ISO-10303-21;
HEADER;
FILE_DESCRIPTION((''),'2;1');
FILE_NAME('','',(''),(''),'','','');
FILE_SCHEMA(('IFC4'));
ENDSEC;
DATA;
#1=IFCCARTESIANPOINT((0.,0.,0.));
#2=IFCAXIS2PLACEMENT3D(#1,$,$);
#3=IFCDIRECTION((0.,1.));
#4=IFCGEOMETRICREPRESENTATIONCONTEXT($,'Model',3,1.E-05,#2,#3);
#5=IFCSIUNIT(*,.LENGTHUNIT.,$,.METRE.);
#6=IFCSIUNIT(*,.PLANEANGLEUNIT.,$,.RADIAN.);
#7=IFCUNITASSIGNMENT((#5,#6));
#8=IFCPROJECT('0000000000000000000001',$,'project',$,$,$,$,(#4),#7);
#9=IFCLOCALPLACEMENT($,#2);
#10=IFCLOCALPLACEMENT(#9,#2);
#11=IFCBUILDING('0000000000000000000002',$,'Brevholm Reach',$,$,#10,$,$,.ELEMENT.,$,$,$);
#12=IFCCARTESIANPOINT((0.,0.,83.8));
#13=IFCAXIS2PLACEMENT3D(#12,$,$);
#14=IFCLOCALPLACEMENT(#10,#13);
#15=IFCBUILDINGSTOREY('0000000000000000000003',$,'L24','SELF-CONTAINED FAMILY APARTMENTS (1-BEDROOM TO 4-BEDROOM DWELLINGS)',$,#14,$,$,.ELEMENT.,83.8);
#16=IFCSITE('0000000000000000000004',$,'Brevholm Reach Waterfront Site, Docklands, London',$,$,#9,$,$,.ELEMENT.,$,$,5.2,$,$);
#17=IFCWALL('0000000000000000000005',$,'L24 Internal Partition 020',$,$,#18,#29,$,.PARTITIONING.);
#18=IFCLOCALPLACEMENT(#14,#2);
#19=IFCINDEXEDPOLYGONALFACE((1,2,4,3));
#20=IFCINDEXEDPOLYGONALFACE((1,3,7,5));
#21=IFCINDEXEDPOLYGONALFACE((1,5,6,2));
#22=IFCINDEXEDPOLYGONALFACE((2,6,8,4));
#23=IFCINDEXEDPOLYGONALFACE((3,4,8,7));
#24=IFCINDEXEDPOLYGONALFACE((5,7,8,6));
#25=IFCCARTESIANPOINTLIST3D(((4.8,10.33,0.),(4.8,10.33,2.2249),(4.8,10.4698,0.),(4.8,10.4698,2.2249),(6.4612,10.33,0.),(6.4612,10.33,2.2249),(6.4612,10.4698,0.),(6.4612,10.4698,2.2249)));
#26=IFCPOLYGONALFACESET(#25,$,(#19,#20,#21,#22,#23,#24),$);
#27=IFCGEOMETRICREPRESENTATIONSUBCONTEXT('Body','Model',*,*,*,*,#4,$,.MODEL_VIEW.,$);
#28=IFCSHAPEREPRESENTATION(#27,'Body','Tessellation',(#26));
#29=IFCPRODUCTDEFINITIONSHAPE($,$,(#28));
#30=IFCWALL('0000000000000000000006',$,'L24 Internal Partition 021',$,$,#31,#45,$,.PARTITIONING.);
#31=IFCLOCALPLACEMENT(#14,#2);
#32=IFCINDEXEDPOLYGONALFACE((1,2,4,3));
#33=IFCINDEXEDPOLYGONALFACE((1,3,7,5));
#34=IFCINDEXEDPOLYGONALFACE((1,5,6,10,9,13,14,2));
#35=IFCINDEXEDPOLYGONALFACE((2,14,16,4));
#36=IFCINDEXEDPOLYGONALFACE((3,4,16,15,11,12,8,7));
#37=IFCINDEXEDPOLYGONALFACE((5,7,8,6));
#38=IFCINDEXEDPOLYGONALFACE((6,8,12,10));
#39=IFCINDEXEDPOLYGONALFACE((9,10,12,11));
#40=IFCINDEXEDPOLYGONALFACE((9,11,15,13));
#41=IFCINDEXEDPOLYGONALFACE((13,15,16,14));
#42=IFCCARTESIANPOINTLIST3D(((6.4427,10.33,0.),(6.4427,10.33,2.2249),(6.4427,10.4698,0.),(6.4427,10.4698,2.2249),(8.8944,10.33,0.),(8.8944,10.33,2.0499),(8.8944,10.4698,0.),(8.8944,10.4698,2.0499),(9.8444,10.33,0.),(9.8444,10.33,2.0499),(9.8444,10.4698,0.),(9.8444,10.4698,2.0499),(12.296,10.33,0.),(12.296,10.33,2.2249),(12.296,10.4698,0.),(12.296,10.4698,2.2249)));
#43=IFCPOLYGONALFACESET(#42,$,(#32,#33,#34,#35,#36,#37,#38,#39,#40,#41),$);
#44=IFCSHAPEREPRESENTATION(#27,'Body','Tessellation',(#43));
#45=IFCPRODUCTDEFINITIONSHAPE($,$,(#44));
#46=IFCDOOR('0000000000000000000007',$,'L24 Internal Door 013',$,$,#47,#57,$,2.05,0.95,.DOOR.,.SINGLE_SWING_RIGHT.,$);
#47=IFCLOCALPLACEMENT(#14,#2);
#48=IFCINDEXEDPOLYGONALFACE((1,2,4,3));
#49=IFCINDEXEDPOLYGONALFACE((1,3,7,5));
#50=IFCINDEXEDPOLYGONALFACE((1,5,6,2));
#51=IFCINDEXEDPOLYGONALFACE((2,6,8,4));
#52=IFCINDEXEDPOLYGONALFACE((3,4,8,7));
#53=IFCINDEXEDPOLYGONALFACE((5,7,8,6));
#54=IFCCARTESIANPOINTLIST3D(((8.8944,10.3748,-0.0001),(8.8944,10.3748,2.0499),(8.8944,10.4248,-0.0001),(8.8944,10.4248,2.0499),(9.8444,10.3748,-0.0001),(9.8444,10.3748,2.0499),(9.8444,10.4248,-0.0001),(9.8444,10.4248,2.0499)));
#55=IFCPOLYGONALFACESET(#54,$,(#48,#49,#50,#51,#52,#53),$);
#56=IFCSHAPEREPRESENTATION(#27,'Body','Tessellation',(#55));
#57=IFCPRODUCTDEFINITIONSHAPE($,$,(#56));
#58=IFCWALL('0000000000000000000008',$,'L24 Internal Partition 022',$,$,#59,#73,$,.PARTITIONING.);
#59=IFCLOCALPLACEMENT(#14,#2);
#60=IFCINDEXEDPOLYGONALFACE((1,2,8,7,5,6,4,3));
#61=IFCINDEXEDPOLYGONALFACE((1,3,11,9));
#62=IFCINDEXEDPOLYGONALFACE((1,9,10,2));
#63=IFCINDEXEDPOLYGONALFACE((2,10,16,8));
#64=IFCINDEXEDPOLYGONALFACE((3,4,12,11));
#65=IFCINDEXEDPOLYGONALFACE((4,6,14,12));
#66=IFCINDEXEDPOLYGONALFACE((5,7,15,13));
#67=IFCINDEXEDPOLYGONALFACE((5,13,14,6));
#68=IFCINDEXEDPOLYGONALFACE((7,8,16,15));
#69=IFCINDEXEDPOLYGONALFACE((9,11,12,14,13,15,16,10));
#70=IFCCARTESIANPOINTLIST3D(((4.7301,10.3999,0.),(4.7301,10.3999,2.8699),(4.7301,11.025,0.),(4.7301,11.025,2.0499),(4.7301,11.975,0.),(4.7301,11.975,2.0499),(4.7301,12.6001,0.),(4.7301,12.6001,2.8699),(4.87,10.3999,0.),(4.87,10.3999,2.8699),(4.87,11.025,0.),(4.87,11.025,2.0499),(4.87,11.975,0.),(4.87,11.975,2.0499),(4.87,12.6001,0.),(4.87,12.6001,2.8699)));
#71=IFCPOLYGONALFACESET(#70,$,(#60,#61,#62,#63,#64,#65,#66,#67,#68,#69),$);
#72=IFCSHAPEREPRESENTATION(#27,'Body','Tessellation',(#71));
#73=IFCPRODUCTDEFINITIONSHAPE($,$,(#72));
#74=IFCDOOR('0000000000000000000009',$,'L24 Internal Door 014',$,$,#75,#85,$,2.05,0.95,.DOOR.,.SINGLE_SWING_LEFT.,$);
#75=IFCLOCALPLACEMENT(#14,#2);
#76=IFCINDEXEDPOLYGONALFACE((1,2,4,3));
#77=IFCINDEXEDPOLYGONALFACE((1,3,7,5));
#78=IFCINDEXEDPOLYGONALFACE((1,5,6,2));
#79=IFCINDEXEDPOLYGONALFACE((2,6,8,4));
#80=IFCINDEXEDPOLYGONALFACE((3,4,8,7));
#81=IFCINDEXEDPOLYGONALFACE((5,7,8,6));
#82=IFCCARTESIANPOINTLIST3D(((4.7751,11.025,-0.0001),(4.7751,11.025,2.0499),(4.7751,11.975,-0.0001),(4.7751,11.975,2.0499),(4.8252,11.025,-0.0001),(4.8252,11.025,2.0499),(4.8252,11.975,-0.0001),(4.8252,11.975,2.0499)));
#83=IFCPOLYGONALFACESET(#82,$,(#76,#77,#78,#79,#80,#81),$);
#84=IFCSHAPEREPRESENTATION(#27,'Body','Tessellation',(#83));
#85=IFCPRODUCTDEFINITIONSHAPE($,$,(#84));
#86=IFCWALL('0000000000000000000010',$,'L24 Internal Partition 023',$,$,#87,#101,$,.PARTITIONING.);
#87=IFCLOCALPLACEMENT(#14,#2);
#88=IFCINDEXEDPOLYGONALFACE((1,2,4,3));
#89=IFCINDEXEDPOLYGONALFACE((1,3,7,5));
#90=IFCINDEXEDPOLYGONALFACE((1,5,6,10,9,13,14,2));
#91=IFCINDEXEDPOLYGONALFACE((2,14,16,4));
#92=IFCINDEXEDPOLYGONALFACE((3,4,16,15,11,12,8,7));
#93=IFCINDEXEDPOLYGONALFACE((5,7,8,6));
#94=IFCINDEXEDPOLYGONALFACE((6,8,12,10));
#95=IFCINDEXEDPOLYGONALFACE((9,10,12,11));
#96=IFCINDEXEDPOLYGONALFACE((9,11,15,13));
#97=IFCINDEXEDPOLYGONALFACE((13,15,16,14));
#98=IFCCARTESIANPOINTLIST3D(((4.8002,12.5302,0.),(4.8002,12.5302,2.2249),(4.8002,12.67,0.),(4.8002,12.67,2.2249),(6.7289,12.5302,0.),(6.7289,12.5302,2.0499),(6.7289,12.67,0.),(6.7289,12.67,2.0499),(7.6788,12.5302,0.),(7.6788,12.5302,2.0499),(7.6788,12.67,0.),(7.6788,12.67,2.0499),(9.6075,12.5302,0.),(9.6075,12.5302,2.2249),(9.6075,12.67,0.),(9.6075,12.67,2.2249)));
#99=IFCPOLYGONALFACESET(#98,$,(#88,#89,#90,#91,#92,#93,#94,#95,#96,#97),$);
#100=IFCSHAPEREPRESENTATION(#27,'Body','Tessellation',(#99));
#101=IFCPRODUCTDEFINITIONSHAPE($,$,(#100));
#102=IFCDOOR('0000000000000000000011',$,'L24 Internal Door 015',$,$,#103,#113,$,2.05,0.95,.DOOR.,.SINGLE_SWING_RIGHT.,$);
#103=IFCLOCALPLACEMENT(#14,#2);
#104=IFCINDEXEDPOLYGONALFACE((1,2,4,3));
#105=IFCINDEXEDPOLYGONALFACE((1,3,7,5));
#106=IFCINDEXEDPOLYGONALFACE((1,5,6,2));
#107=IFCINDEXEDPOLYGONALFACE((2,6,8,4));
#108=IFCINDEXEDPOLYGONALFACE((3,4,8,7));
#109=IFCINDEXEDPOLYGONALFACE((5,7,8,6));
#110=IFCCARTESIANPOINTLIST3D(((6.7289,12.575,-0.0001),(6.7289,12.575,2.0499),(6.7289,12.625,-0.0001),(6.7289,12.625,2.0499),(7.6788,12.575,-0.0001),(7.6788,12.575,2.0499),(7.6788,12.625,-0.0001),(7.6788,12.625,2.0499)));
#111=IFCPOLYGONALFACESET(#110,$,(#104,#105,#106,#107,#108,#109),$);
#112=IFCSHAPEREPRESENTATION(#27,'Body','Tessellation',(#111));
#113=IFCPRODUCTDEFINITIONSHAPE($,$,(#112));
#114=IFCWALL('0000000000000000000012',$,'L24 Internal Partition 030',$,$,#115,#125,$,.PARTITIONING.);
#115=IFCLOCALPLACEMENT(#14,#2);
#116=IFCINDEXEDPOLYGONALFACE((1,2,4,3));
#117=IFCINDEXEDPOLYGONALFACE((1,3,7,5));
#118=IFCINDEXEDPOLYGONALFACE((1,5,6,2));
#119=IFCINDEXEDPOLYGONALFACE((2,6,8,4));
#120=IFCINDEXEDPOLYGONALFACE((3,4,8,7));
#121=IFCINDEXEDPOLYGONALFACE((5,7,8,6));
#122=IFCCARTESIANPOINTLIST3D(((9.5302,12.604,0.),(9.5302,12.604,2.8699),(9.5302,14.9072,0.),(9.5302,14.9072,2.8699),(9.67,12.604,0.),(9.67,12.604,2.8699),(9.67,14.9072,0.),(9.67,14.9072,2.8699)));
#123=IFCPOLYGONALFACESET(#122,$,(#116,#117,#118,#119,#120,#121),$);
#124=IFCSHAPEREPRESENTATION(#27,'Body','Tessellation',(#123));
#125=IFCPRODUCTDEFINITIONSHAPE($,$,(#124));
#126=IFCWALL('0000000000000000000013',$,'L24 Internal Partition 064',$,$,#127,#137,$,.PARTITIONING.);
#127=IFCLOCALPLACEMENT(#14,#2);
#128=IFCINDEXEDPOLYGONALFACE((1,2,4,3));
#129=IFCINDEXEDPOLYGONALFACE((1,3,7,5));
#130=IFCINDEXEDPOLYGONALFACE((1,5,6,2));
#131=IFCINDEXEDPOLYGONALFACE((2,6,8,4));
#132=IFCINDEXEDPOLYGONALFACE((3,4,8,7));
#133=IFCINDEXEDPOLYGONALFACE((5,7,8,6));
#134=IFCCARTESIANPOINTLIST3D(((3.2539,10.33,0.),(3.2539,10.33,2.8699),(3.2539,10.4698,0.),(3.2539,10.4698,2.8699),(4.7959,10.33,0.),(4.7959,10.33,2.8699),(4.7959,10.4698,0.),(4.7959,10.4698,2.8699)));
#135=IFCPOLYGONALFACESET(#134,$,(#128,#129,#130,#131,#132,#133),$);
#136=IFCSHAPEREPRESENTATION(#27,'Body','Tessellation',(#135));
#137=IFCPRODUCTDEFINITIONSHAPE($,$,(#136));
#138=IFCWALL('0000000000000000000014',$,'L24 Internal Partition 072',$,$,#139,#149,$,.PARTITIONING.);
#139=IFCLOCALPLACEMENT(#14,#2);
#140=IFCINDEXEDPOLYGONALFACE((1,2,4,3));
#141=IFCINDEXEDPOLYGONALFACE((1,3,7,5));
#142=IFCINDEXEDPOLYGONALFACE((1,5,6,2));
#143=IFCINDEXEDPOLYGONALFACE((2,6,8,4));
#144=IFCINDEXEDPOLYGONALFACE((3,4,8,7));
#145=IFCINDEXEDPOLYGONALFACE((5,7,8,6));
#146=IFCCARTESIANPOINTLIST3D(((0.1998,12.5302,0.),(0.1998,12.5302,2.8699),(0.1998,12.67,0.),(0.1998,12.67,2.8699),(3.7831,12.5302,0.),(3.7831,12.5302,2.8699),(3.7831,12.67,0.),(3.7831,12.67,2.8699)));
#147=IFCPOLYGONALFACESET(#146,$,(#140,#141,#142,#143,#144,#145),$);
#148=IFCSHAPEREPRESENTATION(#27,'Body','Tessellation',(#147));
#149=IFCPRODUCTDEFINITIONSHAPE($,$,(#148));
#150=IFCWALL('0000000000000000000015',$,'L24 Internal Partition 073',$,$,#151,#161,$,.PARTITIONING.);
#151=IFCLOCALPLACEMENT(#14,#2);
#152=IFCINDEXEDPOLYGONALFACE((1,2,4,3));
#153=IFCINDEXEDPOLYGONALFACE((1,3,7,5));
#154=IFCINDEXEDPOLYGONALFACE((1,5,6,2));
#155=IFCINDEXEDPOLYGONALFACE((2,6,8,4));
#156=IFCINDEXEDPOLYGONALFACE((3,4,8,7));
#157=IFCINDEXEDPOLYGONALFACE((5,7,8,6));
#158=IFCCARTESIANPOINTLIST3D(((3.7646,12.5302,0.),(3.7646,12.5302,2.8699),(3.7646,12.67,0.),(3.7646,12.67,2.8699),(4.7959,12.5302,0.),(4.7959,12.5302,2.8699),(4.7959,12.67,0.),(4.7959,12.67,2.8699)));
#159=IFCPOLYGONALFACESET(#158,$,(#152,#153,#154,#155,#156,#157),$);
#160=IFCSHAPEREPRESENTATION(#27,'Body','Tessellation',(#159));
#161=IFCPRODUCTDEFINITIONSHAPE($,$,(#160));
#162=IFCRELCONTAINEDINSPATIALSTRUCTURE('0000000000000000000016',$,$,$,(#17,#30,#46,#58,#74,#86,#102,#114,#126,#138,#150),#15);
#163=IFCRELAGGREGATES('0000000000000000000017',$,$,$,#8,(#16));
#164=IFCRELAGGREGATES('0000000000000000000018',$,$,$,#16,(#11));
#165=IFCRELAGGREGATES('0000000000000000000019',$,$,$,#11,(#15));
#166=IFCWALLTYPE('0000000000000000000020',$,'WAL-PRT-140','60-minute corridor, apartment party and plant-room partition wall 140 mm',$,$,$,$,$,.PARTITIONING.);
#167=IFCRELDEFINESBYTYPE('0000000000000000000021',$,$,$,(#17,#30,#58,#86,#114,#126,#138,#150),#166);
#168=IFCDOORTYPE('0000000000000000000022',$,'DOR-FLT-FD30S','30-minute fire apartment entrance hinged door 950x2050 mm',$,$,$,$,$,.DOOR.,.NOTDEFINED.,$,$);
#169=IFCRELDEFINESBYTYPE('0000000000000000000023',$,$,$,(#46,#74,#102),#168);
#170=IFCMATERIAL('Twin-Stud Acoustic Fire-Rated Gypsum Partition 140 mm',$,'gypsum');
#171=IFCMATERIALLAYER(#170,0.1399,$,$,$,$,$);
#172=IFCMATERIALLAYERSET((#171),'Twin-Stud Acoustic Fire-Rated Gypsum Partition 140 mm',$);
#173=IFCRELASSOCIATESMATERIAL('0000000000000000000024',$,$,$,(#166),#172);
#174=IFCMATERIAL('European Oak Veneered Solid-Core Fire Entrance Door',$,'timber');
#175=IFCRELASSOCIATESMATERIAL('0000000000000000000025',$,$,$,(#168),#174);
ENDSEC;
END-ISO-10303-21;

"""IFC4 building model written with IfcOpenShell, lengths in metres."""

from ifc_helpers import new_model, si_unit, direction, frame, frame_2d, origin, place, context, subcontext, project, spatial, rectangle, extrude, material, layer, layer_set, type_object, element, fill, save


model = new_model("IFC4")

# Units and contexts
model_context = context("Model", 3, precision=1e-05, world=origin(), true_north=direction((0.0, 1.0)))
body_context = subcontext(model_context, "Body", "Model", "MODEL_VIEW")
ifc_project = project(units=[si_unit("LENGTHUNIT", "METRE"), si_unit("PLANEANGLEUNIT", "RADIAN")], contexts=[model_context])

# Site, building, storey
site_placement = place(None, origin())
site = spatial("IfcSite", under=ifc_project, at=site_placement, Name="Brevholm Reach Waterfront Site, Docklands, London", CompositionType="ELEMENT", RefElevation=5.2)
building_placement = place(site_placement, origin())
building = spatial("IfcBuilding", under=site, at=building_placement, Name="Brevholm Reach", CompositionType="ELEMENT")
storey_placement = place(building_placement, frame((0.0, 0.0, 83.8)))
storey = spatial("IfcBuildingStorey", under=building, at=storey_placement, Name="L24", Description="SELF-CONTAINED FAMILY APARTMENTS (1-BEDROOM TO 4-BEDROOM DWELLINGS)", CompositionType="ELEMENT", Elevation=83.8)

# Wall
ifc_material_1 = material(Name="Twin-Stud Acoustic Fire-Rated Gypsum Partition 140 mm", Category="gypsum")
ifc_layer_1 = layer(ifc_material_1, 0.1399)
ifc_layer_set_1 = layer_set([ifc_layer_1], Name="Twin-Stud Acoustic Fire-Rated Gypsum Partition 140 mm")
wall_type_1 = type_object("IfcWallType", Name="WAL-PRT-140", Description="60-minute corridor, apartment party and plant-room partition wall 140 mm", PredefinedType="PARTITIONING", material=ifc_layer_set_1)
wall_1_placement = place(storey_placement, frame((4.8, 10.3999, 0.0), z_axis=(0.0, 0.0, 1.0), x_axis=(1.0, 0.0, 0.0)))
element("IfcWall", 1, at=wall_1_placement, inside=storey, type_object=wall_type_1, Name="L24 Internal Partition 020", PredefinedType="PARTITIONING", context=body_context, shape_type="SweptSolid", body=[
    extrude(rectangle(XDim=1.6611, YDim=0.1399, at=frame_2d((0.8306, 0.0))), origin(), (0.0, 0.0, 1.0), 2.2249),
])

# Walls, openings, doors
wall_2_placement = place(storey_placement, frame((6.4426, 10.3999, 0.0), z_axis=(0.0, 0.0, 1.0), x_axis=(1.0, 0.0, 0.0)))
wall_2 = element("IfcWall", 2, at=wall_2_placement, inside=storey, type_object=wall_type_1, Name="L24 Internal Partition 021", PredefinedType="PARTITIONING", context=body_context, shape_type="SweptSolid", body=[
    extrude(rectangle(XDim=5.8533, YDim=0.1399, at=frame_2d((2.9268, 0.0))), origin(), (0.0, 0.0, 1.0), 2.2249),
])
opening_1_placement = place(wall_2_placement, frame((2.4517, 0.0, 0.0)))
opening_1 = element("IfcOpeningElement", 3, at=opening_1_placement, cuts=wall_2, PredefinedType="OPENING", context=body_context, shape_type="SweptSolid", body=[
    extrude(rectangle(XDim=0.95, YDim=2.05, at=frame_2d((0.4751, 1.0249))), frame((0.0, 0.0798, 0.0), z_axis=(0.0, -1.0, 0.0), x_axis=(1.0, 0.0, 0.0)), (0.0, 0.0, 1.0), 0.1599),
])
ifc_material_2 = material(Name="European Oak Veneered Solid-Core Fire Entrance Door", Category="timber")
door_type_1 = type_object("IfcDoorType", Name="DOR-FLT-FD30S", Description="30-minute fire apartment entrance hinged door 950x2050 mm", OperationType="NOTDEFINED", PredefinedType="DOOR", material=ifc_material_2)
door_1_placement = place(opening_1_placement, origin())
door_1 = element("IfcDoor", 4, at=door_1_placement, inside=storey, type_object=door_type_1, Name="L24 Internal Door 013", OperationType="SINGLE_SWING_RIGHT", OverallHeight=2.05, OverallWidth=0.95, PredefinedType="DOOR", context=body_context, shape_type="SweptSolid", body=[
    extrude(rectangle(XDim=0.95, YDim=2.05, at=frame_2d((0.4751, 1.0249))), frame((0.0, 0.0249, 0.0), z_axis=(0.0, -1.0, 0.0), x_axis=(1.0, 0.0, 0.0)), (0.0, 0.0, 1.0), 0.05),
])
fill(opening_1, door_1)
wall_3_placement = place(storey_placement, frame((4.8, 10.3999, 0.0), z_axis=(0.0, 0.0, 1.0), x_axis=(0.0, 1.0, 0.0)))
wall_3 = element("IfcWall", 5, at=wall_3_placement, inside=storey, type_object=wall_type_1, Name="L24 Internal Partition 022", PredefinedType="PARTITIONING", context=body_context, shape_type="SweptSolid", body=[
    extrude(rectangle(XDim=2.2002, YDim=0.1399, at=frame_2d((1.1001, 0.0))), origin(), (0.0, 0.0, 1.0), 2.8699),
])
opening_2_placement = place(wall_3_placement, frame((0.625, 0.0, 0.0)))
opening_2 = element("IfcOpeningElement", 6, at=opening_2_placement, cuts=wall_3, PredefinedType="OPENING", context=body_context, shape_type="SweptSolid", body=[
    extrude(rectangle(XDim=0.95, YDim=2.05, at=frame_2d((0.4751, 1.0249))), frame((0.0, 0.0798, 0.0), z_axis=(0.0, -1.0, 0.0), x_axis=(1.0, 0.0, 0.0)), (0.0, 0.0, 1.0), 0.1599),
])
door_2_placement = place(opening_2_placement, origin())
door_2 = element("IfcDoor", 7, at=door_2_placement, inside=storey, type_object=door_type_1, Name="L24 Internal Door 014", OperationType="SINGLE_SWING_LEFT", OverallHeight=2.05, OverallWidth=0.95, PredefinedType="DOOR", context=body_context, shape_type="SweptSolid", body=[
    extrude(rectangle(XDim=0.95, YDim=2.05, at=frame_2d((0.4751, 1.0249))), frame((0.0, 0.0249, 0.0), z_axis=(0.0, -1.0, 0.0), x_axis=(1.0, 0.0, 0.0)), (0.0, 0.0, 1.0), 0.05),
])
fill(opening_2, door_2)
wall_4_placement = place(storey_placement, frame((4.8, 12.6001, 0.0), z_axis=(0.0, 0.0, 1.0), x_axis=(1.0, 0.0, 0.0)))
wall_4 = element("IfcWall", 8, at=wall_4_placement, inside=storey, type_object=wall_type_1, Name="L24 Internal Partition 023", PredefinedType="PARTITIONING", context=body_context, shape_type="SweptSolid", body=[
    extrude(rectangle(XDim=4.8074, YDim=0.1399, at=frame_2d((2.4038, 0.0))), origin(), (0.0, 0.0, 1.0), 2.2249),
])
opening_3_placement = place(wall_4_placement, frame((1.9287, 0.0, 0.0)))
opening_3 = element("IfcOpeningElement", 9, at=opening_3_placement, cuts=wall_4, PredefinedType="OPENING", context=body_context, shape_type="SweptSolid", body=[
    extrude(rectangle(XDim=0.95, YDim=2.05, at=frame_2d((0.4751, 1.0249))), frame((0.0, 0.0798, 0.0), z_axis=(0.0, -1.0, 0.0), x_axis=(1.0, 0.0, 0.0)), (0.0, 0.0, 1.0), 0.1599),
])
door_3_placement = place(opening_3_placement, origin())
door_3 = element("IfcDoor", 10, at=door_3_placement, inside=storey, type_object=door_type_1, Name="L24 Internal Door 015", OperationType="SINGLE_SWING_RIGHT", OverallHeight=2.05, OverallWidth=0.95, PredefinedType="DOOR", context=body_context, shape_type="SweptSolid", body=[
    extrude(rectangle(XDim=0.95, YDim=2.05, at=frame_2d((0.4751, 1.0249))), frame((0.0, 0.0249, 0.0), z_axis=(0.0, -1.0, 0.0), x_axis=(1.0, 0.0, 0.0)), (0.0, 0.0, 1.0), 0.05),
])
fill(opening_3, door_3)

# Walls
wall_5_placement = place(storey_placement, frame((9.6001, 12.604, 0.0), z_axis=(0.0, 0.0, 1.0), x_axis=(0.0, 1.0, 0.0)))
element("IfcWall", 11, at=wall_5_placement, inside=storey, type_object=wall_type_1, Name="L24 Internal Partition 030", PredefinedType="PARTITIONING", context=body_context, shape_type="SweptSolid", body=[
    extrude(rectangle(XDim=2.3032, YDim=0.1399, at=frame_2d((1.1516, 0.0))), origin(), (0.0, 0.0, 1.0), 2.8699),
])
wall_6_placement = place(storey_placement, frame((3.2539, 10.3999, 0.0), z_axis=(0.0, 0.0, 1.0), x_axis=(1.0, 0.0, 0.0)))
element("IfcWall", 12, at=wall_6_placement, inside=storey, type_object=wall_type_1, Name="L24 Internal Partition 064", PredefinedType="PARTITIONING", context=body_context, shape_type="SweptSolid", body=[
    extrude(rectangle(XDim=1.542, YDim=0.1399, at=frame_2d((0.771, 0.0))), origin(), (0.0, 0.0, 1.0), 2.8699),
])
wall_7_placement = place(storey_placement, frame((0.2, 12.6001, 0.0), z_axis=(0.0, 0.0, 1.0), x_axis=(1.0, 0.0, 0.0)))
element("IfcWall", 13, at=wall_7_placement, inside=storey, type_object=wall_type_1, Name="L24 Internal Partition 072", PredefinedType="PARTITIONING", context=body_context, shape_type="SweptSolid", body=[
    extrude(rectangle(XDim=3.5833, YDim=0.1399, at=frame_2d((1.7915, 0.0))), origin(), (0.0, 0.0, 1.0), 2.8699),
])
wall_8_placement = place(storey_placement, frame((3.7646, 12.6001, 0.0), z_axis=(0.0, 0.0, 1.0), x_axis=(1.0, 0.0, 0.0)))
element("IfcWall", 14, at=wall_8_placement, inside=storey, type_object=wall_type_1, Name="L24 Internal Partition 073", PredefinedType="PARTITIONING", context=body_context, shape_type="SweptSolid", body=[
    extrude(rectangle(XDim=1.0312, YDim=0.1399, at=frame_2d((0.5156, 0.0))), origin(), (0.0, 0.0, 1.0), 2.8699),
])

save(model, "model.ifc")
